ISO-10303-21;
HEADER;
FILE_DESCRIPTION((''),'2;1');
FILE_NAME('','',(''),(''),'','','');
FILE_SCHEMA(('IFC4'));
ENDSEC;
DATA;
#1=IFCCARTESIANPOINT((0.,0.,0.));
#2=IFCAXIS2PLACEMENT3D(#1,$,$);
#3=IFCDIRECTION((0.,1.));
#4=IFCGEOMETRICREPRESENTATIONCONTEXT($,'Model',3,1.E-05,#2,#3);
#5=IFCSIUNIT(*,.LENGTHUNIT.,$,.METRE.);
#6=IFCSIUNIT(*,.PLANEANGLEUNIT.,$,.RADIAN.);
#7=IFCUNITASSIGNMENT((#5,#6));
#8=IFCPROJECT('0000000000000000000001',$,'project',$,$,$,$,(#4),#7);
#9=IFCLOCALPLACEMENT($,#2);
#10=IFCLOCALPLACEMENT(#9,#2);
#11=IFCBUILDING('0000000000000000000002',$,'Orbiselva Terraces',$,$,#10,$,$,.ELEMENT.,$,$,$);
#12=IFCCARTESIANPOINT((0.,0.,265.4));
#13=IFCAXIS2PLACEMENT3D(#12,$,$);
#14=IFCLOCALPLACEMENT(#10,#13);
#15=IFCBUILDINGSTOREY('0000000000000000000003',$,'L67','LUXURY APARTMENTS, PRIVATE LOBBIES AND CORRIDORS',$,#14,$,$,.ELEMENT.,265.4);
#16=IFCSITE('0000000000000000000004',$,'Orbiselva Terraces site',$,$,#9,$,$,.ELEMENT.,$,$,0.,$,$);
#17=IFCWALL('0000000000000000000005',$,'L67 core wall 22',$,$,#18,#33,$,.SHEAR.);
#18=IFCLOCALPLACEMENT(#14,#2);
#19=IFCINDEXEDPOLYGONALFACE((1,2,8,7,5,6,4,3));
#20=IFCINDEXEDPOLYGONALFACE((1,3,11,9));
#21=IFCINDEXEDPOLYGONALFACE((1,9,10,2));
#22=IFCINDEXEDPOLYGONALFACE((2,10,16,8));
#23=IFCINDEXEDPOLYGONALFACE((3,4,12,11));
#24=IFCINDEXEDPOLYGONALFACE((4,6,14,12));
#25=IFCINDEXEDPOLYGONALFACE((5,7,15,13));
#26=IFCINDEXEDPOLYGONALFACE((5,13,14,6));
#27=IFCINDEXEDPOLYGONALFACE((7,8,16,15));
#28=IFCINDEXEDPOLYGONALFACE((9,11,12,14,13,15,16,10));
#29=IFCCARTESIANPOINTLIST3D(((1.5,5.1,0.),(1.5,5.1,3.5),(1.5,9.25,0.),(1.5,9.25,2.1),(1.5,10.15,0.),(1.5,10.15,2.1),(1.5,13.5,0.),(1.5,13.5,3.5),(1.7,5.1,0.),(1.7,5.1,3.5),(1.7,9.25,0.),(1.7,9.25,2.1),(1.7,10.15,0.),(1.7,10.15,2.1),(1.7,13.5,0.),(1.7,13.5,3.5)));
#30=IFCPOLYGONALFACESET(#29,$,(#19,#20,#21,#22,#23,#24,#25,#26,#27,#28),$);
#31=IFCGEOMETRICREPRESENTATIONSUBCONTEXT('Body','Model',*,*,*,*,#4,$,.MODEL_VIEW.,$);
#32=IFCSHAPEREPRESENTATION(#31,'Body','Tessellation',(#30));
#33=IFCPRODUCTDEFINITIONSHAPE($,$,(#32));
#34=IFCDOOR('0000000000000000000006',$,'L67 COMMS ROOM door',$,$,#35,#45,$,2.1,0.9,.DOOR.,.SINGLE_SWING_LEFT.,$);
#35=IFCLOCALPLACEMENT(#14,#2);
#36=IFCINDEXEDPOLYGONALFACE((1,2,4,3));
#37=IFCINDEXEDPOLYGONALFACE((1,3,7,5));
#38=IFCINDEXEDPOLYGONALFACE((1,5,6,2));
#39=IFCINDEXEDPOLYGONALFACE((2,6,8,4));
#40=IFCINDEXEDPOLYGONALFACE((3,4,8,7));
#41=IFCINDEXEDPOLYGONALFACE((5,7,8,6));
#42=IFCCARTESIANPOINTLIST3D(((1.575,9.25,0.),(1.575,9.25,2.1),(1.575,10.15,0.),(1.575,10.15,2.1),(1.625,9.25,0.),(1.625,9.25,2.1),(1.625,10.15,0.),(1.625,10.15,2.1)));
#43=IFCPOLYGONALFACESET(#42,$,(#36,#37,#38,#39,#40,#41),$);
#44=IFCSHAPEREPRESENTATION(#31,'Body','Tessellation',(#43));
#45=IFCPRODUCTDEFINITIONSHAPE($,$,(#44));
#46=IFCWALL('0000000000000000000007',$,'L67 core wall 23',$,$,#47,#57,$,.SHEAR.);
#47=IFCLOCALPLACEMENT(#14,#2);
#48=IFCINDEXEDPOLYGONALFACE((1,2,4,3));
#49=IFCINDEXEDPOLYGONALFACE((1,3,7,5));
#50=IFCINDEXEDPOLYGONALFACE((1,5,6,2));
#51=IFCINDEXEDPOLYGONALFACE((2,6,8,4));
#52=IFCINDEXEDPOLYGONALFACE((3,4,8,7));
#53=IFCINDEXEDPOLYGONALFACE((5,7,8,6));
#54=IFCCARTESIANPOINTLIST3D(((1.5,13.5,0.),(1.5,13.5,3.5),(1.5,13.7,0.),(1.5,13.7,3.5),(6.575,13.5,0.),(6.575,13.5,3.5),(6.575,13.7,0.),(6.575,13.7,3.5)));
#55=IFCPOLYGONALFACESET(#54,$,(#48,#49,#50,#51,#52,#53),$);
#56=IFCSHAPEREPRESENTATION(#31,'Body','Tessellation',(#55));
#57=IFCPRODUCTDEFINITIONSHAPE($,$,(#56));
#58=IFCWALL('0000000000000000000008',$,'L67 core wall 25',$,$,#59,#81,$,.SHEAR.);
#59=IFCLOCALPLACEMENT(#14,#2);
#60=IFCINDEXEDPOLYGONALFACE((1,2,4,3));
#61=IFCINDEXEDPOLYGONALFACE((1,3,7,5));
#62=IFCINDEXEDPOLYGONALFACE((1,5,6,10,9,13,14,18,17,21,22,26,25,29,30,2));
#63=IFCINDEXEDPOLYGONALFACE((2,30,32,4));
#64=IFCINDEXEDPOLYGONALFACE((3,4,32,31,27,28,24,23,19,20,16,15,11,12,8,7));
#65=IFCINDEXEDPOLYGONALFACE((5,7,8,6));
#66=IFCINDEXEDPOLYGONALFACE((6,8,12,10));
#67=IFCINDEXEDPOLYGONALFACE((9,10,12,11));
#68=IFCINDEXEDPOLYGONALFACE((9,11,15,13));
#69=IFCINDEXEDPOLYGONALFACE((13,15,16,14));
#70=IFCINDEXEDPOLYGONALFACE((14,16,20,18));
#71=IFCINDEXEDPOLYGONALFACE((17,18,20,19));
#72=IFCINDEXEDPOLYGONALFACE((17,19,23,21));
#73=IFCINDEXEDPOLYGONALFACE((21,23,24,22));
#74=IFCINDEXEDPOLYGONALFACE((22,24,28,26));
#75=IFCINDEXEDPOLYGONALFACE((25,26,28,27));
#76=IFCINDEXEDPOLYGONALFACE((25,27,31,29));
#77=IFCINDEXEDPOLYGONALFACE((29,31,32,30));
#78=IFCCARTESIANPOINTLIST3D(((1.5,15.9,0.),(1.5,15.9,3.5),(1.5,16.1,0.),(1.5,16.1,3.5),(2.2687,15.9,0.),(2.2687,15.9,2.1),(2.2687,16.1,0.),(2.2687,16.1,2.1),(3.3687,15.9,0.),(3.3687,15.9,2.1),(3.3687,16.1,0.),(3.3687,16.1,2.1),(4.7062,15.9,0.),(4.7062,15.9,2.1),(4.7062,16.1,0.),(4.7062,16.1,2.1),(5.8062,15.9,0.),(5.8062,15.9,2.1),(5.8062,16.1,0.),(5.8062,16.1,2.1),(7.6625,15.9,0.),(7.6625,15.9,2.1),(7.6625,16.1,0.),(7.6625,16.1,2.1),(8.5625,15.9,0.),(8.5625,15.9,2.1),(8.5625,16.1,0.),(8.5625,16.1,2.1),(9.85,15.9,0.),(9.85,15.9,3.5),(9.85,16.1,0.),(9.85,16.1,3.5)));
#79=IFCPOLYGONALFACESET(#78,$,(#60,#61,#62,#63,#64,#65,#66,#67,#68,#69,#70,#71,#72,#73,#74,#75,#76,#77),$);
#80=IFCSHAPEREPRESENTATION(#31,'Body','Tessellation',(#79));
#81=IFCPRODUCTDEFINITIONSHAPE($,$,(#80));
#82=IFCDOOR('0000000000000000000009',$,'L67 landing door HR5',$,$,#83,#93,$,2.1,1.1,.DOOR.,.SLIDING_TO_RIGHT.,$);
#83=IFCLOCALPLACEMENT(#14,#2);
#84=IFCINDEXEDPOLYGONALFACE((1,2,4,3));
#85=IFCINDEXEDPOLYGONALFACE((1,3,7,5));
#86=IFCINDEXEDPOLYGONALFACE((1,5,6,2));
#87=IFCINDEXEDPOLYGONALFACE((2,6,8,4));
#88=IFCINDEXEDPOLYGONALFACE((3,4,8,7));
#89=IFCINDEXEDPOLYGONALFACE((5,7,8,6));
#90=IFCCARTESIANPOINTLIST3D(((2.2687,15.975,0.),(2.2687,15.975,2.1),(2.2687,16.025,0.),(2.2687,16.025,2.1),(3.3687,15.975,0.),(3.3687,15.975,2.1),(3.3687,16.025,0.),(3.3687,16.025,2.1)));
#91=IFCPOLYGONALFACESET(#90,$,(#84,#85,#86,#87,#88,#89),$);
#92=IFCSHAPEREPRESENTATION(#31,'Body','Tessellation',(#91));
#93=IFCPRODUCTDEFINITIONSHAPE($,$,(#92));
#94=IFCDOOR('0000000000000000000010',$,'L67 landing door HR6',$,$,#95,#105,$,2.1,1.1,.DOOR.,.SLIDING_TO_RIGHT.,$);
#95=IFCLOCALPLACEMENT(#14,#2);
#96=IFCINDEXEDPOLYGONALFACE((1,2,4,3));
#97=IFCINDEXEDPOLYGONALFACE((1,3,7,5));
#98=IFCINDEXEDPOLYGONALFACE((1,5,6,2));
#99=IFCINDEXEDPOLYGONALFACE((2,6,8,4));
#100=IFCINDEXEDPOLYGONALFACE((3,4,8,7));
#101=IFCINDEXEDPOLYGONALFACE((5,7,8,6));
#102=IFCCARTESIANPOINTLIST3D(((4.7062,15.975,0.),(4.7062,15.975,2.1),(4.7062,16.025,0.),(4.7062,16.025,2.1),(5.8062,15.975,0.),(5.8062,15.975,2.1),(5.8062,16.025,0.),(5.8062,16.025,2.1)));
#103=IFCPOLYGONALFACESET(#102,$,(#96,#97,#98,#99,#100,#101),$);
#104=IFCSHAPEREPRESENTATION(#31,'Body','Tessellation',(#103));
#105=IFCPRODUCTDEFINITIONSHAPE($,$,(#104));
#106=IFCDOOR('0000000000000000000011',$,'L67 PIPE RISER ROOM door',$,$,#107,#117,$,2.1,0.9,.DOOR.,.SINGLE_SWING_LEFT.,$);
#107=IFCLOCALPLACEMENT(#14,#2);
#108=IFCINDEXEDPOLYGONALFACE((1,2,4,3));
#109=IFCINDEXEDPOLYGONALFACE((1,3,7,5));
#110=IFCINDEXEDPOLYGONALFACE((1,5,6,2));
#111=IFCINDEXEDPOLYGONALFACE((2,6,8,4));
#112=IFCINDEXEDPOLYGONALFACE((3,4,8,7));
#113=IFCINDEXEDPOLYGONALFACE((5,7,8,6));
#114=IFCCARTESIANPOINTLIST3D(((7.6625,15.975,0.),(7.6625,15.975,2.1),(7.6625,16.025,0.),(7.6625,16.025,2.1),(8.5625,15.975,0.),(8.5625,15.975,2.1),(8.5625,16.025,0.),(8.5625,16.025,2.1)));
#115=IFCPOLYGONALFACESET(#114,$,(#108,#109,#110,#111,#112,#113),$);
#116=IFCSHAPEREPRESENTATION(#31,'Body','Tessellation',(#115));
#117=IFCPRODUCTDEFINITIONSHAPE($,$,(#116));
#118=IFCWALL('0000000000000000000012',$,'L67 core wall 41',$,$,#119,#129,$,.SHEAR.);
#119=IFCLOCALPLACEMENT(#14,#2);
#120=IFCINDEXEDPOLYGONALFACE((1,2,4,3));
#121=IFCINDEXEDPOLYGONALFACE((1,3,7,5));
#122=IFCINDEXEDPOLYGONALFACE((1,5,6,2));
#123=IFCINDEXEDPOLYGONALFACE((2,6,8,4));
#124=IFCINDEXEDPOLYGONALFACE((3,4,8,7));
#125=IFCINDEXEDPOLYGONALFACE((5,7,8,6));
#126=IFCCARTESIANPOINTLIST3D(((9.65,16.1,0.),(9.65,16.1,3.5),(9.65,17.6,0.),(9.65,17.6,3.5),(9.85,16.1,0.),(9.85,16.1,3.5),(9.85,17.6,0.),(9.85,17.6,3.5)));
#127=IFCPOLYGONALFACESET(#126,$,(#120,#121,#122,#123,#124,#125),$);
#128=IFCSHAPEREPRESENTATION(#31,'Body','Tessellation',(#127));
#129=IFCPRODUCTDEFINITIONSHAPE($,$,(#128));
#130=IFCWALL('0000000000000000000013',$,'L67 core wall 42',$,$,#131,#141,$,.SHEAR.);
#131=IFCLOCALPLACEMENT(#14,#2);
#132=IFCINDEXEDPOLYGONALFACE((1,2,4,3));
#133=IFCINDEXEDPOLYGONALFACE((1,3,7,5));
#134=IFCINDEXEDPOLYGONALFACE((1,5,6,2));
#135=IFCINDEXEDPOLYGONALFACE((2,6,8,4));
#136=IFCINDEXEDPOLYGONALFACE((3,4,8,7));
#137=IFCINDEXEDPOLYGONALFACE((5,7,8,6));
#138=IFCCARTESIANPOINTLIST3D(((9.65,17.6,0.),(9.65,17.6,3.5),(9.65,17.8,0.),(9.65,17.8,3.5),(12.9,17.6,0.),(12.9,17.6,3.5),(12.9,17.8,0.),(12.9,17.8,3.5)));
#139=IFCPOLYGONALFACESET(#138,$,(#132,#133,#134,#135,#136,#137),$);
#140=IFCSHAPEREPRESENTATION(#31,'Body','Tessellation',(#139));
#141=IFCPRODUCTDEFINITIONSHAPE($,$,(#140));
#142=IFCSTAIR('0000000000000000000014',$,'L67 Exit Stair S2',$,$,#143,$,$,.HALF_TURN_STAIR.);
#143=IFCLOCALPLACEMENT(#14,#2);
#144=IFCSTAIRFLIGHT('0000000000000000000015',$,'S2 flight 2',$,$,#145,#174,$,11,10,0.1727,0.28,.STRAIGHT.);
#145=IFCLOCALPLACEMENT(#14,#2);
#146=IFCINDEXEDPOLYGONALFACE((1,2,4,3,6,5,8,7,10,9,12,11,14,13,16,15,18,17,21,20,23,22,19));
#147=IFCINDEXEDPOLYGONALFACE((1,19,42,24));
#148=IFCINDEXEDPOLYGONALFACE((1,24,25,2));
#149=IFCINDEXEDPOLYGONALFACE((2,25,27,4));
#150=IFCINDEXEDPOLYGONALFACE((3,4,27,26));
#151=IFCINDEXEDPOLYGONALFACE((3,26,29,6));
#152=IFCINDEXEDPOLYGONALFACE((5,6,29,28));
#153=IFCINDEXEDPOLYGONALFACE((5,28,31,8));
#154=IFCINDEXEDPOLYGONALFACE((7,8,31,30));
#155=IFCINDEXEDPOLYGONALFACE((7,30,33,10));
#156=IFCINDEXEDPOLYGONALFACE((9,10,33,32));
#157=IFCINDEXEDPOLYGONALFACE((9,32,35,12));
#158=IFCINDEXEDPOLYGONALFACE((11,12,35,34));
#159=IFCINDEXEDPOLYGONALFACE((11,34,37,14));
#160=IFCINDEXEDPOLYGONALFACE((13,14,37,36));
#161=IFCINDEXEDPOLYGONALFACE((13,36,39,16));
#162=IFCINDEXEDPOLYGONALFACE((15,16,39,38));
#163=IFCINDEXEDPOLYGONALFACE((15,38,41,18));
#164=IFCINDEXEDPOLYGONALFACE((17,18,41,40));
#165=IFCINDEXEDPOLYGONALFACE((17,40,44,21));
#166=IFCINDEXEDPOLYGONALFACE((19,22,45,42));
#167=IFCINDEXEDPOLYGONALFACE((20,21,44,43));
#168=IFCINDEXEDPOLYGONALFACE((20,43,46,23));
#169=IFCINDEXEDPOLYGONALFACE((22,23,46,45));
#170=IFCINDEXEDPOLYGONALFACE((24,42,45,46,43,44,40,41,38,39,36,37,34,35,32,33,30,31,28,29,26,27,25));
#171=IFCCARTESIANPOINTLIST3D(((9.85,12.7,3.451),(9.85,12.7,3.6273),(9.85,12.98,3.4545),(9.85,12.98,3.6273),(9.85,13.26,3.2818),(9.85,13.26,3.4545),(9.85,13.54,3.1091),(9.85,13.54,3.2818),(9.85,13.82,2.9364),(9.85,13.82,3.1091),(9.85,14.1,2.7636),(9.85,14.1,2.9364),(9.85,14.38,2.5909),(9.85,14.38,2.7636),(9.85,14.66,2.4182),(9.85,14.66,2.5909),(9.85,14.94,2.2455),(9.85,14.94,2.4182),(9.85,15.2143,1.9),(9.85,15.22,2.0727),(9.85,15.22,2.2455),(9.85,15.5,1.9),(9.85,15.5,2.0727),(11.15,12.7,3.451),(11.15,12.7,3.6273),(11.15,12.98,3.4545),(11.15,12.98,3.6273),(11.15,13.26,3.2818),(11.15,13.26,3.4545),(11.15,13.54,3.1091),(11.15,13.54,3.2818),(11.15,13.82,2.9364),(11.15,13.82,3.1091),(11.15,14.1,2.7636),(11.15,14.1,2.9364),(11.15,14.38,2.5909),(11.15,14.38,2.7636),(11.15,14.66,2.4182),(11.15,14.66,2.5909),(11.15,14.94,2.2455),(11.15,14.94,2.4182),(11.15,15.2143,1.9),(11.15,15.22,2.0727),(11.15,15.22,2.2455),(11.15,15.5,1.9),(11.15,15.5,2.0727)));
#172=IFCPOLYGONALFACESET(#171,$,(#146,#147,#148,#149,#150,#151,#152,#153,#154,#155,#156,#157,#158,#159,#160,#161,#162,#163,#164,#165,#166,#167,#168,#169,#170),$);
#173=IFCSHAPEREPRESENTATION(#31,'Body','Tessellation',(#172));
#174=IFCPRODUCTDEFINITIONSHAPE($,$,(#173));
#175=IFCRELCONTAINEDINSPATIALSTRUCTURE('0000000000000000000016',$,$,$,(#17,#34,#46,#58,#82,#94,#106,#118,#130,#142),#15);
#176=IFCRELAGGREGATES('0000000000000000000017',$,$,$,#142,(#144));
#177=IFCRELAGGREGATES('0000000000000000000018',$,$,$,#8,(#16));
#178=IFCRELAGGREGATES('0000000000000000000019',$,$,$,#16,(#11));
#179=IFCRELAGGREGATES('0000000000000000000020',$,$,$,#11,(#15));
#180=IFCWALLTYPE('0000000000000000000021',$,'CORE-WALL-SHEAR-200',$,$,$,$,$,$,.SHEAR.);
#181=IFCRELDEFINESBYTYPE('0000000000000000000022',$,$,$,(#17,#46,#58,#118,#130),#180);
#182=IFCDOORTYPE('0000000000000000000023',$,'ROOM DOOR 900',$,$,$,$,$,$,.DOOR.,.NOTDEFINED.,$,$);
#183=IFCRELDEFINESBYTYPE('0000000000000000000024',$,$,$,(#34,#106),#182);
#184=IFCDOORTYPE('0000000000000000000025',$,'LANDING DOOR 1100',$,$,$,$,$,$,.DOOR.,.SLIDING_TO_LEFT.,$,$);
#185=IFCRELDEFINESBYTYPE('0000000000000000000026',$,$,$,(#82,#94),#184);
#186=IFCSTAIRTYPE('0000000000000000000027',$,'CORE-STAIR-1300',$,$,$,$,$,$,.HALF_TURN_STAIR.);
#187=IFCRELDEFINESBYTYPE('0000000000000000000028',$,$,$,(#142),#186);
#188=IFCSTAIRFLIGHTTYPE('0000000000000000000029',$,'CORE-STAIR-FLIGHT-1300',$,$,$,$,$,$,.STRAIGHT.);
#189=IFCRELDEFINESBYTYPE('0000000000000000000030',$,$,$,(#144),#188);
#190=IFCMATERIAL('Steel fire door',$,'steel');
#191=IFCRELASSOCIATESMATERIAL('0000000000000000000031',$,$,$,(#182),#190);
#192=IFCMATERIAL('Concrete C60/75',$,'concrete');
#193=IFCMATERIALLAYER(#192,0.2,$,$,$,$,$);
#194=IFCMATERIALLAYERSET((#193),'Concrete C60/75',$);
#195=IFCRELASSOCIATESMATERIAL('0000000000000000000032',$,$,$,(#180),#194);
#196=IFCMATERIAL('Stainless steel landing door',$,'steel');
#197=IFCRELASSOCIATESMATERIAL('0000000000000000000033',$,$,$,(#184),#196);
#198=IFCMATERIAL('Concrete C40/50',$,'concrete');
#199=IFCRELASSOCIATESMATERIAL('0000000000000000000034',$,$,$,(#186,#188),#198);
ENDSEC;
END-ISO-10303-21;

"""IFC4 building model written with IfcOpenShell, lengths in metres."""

from ifc_helpers import new_model, si_unit, direction, frame, frame_2d, origin, place, context, subcontext, project, spatial, polyline, rectangle, outline, extrude, material, layer, layer_set, type_object, element, fill, aggregate, save


model = new_model("IFC4")

# Units and contexts
model_context = context("Model", 3, precision=1e-05, world=origin(), true_north=direction((0.0, 1.0)))
body_context = subcontext(model_context, "Body", "Model", "MODEL_VIEW")
ifc_project = project(units=[si_unit("LENGTHUNIT", "METRE"), si_unit("PLANEANGLEUNIT", "RADIAN")], contexts=[model_context])

# Site, building, storey
site_placement = place(None, origin())
site = spatial("IfcSite", under=ifc_project, at=site_placement, Name="Orbiselva Terraces site", CompositionType="ELEMENT", RefElevation=0.0)
building_placement = place(site_placement, origin())
building = spatial("IfcBuilding", under=site, at=building_placement, Name="Orbiselva Terraces", CompositionType="ELEMENT")
storey_placement = place(building_placement, frame((0.0, 0.0, 265.4)))
storey = spatial("IfcBuildingStorey", under=building, at=storey_placement, Name="L67", Description="LUXURY APARTMENTS, PRIVATE LOBBIES AND CORRIDORS", CompositionType="ELEMENT", Elevation=265.4)

# Shared definitions
ifc_material_1 = material(Name="Steel fire door", Category="steel")
door_type_1 = type_object("IfcDoorType", Name="ROOM DOOR 900", OperationType="NOTDEFINED", PredefinedType="DOOR", material=ifc_material_1)

# Shared definitions
ifc_material_2 = material(Name="Concrete C40/50", Category="concrete")

# Wall, opening, door
ifc_material_3 = material(Name="Concrete C60/75", Category="concrete")
ifc_layer_1 = layer(ifc_material_3, 0.2)
ifc_layer_set_1 = layer_set([ifc_layer_1], Name="Concrete C60/75")
wall_type_1 = type_object("IfcWallType", Name="CORE-WALL-SHEAR-200", PredefinedType="SHEAR", material=ifc_layer_set_1)
wall_1_placement = place(storey_placement, frame((1.6, 13.5, 0.0), z_axis=(0.0, 0.0, 1.0), x_axis=(0.0, -1.0, 0.0)))
wall_1 = element("IfcWall", 1, at=wall_1_placement, inside=storey, type_object=wall_type_1, Name="L67 core wall 22", PredefinedType="SHEAR", context=body_context, shape_type="SweptSolid", body=[
    extrude(rectangle(XDim=8.4, YDim=0.2, at=frame_2d((4.2, 0.0))), origin(), (0.0, 0.0, 1.0), 3.5),
])
opening_1_placement = place(wall_1_placement, frame((3.35, 0.0, 0.0)))
opening_1 = element("IfcOpeningElement", 2, at=opening_1_placement, cuts=wall_1, PredefinedType="OPENING", context=body_context, shape_type="SweptSolid", body=[
    extrude(rectangle(XDim=0.9, YDim=2.1, at=frame_2d((0.45, 1.05))), frame((0.0, 0.11, 0.0), z_axis=(0.0, -1.0, 0.0), x_axis=(1.0, 0.0, 0.0)), (0.0, 0.0, 1.0), 0.22),
])
door_1_placement = place(opening_1_placement, origin())
door_1 = element("IfcDoor", 3, at=door_1_placement, inside=storey, type_object=door_type_1, Name="L67 COMMS ROOM door", OperationType="SINGLE_SWING_LEFT", OverallHeight=2.1, OverallWidth=0.9, PredefinedType="DOOR", context=body_context, shape_type="SweptSolid", body=[
    extrude(rectangle(XDim=0.9, YDim=2.1, at=frame_2d((0.45, 1.05))), frame((0.0, 0.025, 0.0), z_axis=(0.0, -1.0, 0.0), x_axis=(1.0, 0.0, 0.0)), (0.0, 0.0, 1.0), 0.05),
])
fill(opening_1, door_1)

# Wall
wall_2_placement = place(storey_placement, frame((1.5, 13.6, 0.0), z_axis=(0.0, 0.0, 1.0), x_axis=(1.0, 0.0, 0.0)))
element("IfcWall", 4, at=wall_2_placement, inside=storey, type_object=wall_type_1, Name="L67 core wall 23", PredefinedType="SHEAR", context=body_context, shape_type="SweptSolid", body=[
    extrude(rectangle(XDim=5.075, YDim=0.2, at=frame_2d((2.5375, 0.0))), origin(), (0.0, 0.0, 1.0), 3.5),
])

# Wall, openings, doors
wall_3_placement = place(storey_placement, frame((9.85, 16.0, 0.0), z_axis=(0.0, 0.0, 1.0), x_axis=(-1.0, 0.0, 0.0)))
wall_3 = element("IfcWall", 5, at=wall_3_placement, inside=storey, type_object=wall_type_1, Name="L67 core wall 25", PredefinedType="SHEAR", context=body_context, shape_type="SweptSolid", body=[
    extrude(rectangle(XDim=8.35, YDim=0.2, at=frame_2d((4.175, 0.0))), origin(), (0.0, 0.0, 1.0), 3.5),
])
opening_2_placement = place(wall_3_placement, frame((6.4813, 0.0, 0.0)))
opening_2 = element("IfcOpeningElement", 6, at=opening_2_placement, cuts=wall_3, PredefinedType="OPENING", context=body_context, shape_type="SweptSolid", body=[
    extrude(rectangle(XDim=1.1, YDim=2.1, at=frame_2d((0.55, 1.05))), frame((0.0, 0.11, 0.0), z_axis=(0.0, -1.0, 0.0), x_axis=(1.0, 0.0, 0.0)), (0.0, 0.0, 1.0), 0.22),
])
opening_3_placement = place(wall_3_placement, frame((4.0438, 0.0, 0.0)))
opening_3 = element("IfcOpeningElement", 7, at=opening_3_placement, cuts=wall_3, PredefinedType="OPENING", context=body_context, shape_type="SweptSolid", body=[
    extrude(rectangle(XDim=1.1, YDim=2.1, at=frame_2d((0.55, 1.05))), frame((0.0, 0.11, 0.0), z_axis=(0.0, -1.0, 0.0), x_axis=(1.0, 0.0, 0.0)), (0.0, 0.0, 1.0), 0.22),
])
opening_4_placement = place(wall_3_placement, frame((1.2875, 0.0, 0.0)))
opening_4 = element("IfcOpeningElement", 8, at=opening_4_placement, cuts=wall_3, PredefinedType="OPENING", context=body_context, shape_type="SweptSolid", body=[
    extrude(rectangle(XDim=0.9, YDim=2.1, at=frame_2d((0.45, 1.05))), frame((0.0, 0.11, 0.0), z_axis=(0.0, -1.0, 0.0), x_axis=(1.0, 0.0, 0.0)), (0.0, 0.0, 1.0), 0.22),
])
ifc_material_4 = material(Name="Stainless steel landing door", Category="steel")
door_type_2 = type_object("IfcDoorType", Name="LANDING DOOR 1100", OperationType="SLIDING_TO_LEFT", PredefinedType="DOOR", material=ifc_material_4)
door_2_placement = place(opening_2_placement, origin())
door_2 = element("IfcDoor", 9, at=door_2_placement, inside=storey, type_object=door_type_2, Name="L67 landing door HR5", OperationType="SLIDING_TO_RIGHT", OverallHeight=2.1, OverallWidth=1.1, PredefinedType="DOOR", context=body_context, shape_type="SweptSolid", body=[
    extrude(rectangle(XDim=1.1, YDim=2.1, at=frame_2d((0.55, 1.05))), frame((0.0, 0.025, 0.0), z_axis=(0.0, -1.0, 0.0), x_axis=(1.0, 0.0, 0.0)), (0.0, 0.0, 1.0), 0.05),
])
fill(opening_2, door_2)
door_3_placement = place(opening_3_placement, origin())
door_3 = element("IfcDoor", 10, at=door_3_placement, inside=storey, type_object=door_type_2, Name="L67 landing door HR6", OperationType="SLIDING_TO_RIGHT", OverallHeight=2.1, OverallWidth=1.1, PredefinedType="DOOR", context=body_context, shape_type="SweptSolid", body=[
    extrude(rectangle(XDim=1.1, YDim=2.1, at=frame_2d((0.55, 1.05))), frame((0.0, 0.025, 0.0), z_axis=(0.0, -1.0, 0.0), x_axis=(1.0, 0.0, 0.0)), (0.0, 0.0, 1.0), 0.05),
])
fill(opening_3, door_3)
door_4_placement = place(opening_4_placement, origin())
door_4 = element("IfcDoor", 11, at=door_4_placement, inside=storey, type_object=door_type_1, Name="L67 PIPE RISER ROOM door", OperationType="SINGLE_SWING_LEFT", OverallHeight=2.1, OverallWidth=0.9, PredefinedType="DOOR", context=body_context, shape_type="SweptSolid", body=[
    extrude(rectangle(XDim=0.9, YDim=2.1, at=frame_2d((0.45, 1.05))), frame((0.0, 0.025, 0.0), z_axis=(0.0, -1.0, 0.0), x_axis=(1.0, 0.0, 0.0)), (0.0, 0.0, 1.0), 0.05),
])
fill(opening_4, door_4)

# Walls
wall_4_placement = place(storey_placement, frame((9.75, 16.1, 0.0), z_axis=(0.0, 0.0, 1.0), x_axis=(0.0, 1.0, 0.0)))
element("IfcWall", 12, at=wall_4_placement, inside=storey, type_object=wall_type_1, Name="L67 core wall 41", PredefinedType="SHEAR", context=body_context, shape_type="SweptSolid", body=[
    extrude(rectangle(XDim=1.5, YDim=0.2, at=frame_2d((0.75, 0.0))), origin(), (0.0, 0.0, 1.0), 3.5),
])
wall_5_placement = place(storey_placement, frame((9.65, 17.7, 0.0), z_axis=(0.0, 0.0, 1.0), x_axis=(1.0, 0.0, 0.0)))
element("IfcWall", 13, at=wall_5_placement, inside=storey, type_object=wall_type_1, Name="L67 core wall 42", PredefinedType="SHEAR", context=body_context, shape_type="SweptSolid", body=[
    extrude(rectangle(XDim=3.25, YDim=0.2, at=frame_2d((1.625, 0.0))), origin(), (0.0, 0.0, 1.0), 3.5),
])

# Stair, stair flight
stair_type = type_object("IfcStairType", Name="CORE-STAIR-1300", PredefinedType="HALF_TURN_STAIR", material=ifc_material_2)
stair_placement = place(storey_placement, origin())
stair = element("IfcStair", 14, at=stair_placement, inside=storey, type_object=stair_type, Name="L67 Exit Stair S2", PredefinedType="HALF_TURN_STAIR")
stair_flight_type = type_object("IfcStairFlightType", Name="CORE-STAIR-FLIGHT-1300", PredefinedType="STRAIGHT", material=ifc_material_2)
stair_flight_placement = place(storey_placement, frame((10.5, 15.5, 1.9), z_axis=(0.0, 0.0, 1.0), x_axis=(0.0, -1.0, 0.0)))
stair_flight = element("IfcStairFlight", 15, at=stair_flight_placement, type_object=stair_flight_type, Name="S2 flight 2", NumberOfRisers=11, NumberOfTreads=10, PredefinedType="STRAIGHT", RiserHeight=0.1727, TreadLength=0.28, context=body_context, shape_type="SweptSolid", body=[
    extrude(outline(polyline([(0.0, 0.0), (0.0, 0.1727), (0.28, 0.1727), (0.28, 0.3455), (0.56, 0.3455), (0.56, 0.5182), (0.84, 0.5182), (0.84, 0.6909), (1.12, 0.6909), (1.12, 0.8636), (1.4, 0.8636), (1.4, 1.0364), (1.68, 1.0364), (1.68, 1.2091), (1.96, 1.2091), (1.96, 1.3818), (2.24, 1.3818), (2.24, 1.5545), (2.52, 1.5545), (2.52, 1.7273), (2.8, 1.7273), (2.8, 1.9), (2.8, 1.551), (0.2857, 0.0), (0.0, 0.0)])), frame((0.0, 0.65, 0.0), z_axis=(0.0, -1.0, 0.0), x_axis=(1.0, 0.0, 0.0)), (0.0, 0.0, 1.0), 1.3),
])
aggregate(stair, [stair_flight])

save(model, "model.ifc")
